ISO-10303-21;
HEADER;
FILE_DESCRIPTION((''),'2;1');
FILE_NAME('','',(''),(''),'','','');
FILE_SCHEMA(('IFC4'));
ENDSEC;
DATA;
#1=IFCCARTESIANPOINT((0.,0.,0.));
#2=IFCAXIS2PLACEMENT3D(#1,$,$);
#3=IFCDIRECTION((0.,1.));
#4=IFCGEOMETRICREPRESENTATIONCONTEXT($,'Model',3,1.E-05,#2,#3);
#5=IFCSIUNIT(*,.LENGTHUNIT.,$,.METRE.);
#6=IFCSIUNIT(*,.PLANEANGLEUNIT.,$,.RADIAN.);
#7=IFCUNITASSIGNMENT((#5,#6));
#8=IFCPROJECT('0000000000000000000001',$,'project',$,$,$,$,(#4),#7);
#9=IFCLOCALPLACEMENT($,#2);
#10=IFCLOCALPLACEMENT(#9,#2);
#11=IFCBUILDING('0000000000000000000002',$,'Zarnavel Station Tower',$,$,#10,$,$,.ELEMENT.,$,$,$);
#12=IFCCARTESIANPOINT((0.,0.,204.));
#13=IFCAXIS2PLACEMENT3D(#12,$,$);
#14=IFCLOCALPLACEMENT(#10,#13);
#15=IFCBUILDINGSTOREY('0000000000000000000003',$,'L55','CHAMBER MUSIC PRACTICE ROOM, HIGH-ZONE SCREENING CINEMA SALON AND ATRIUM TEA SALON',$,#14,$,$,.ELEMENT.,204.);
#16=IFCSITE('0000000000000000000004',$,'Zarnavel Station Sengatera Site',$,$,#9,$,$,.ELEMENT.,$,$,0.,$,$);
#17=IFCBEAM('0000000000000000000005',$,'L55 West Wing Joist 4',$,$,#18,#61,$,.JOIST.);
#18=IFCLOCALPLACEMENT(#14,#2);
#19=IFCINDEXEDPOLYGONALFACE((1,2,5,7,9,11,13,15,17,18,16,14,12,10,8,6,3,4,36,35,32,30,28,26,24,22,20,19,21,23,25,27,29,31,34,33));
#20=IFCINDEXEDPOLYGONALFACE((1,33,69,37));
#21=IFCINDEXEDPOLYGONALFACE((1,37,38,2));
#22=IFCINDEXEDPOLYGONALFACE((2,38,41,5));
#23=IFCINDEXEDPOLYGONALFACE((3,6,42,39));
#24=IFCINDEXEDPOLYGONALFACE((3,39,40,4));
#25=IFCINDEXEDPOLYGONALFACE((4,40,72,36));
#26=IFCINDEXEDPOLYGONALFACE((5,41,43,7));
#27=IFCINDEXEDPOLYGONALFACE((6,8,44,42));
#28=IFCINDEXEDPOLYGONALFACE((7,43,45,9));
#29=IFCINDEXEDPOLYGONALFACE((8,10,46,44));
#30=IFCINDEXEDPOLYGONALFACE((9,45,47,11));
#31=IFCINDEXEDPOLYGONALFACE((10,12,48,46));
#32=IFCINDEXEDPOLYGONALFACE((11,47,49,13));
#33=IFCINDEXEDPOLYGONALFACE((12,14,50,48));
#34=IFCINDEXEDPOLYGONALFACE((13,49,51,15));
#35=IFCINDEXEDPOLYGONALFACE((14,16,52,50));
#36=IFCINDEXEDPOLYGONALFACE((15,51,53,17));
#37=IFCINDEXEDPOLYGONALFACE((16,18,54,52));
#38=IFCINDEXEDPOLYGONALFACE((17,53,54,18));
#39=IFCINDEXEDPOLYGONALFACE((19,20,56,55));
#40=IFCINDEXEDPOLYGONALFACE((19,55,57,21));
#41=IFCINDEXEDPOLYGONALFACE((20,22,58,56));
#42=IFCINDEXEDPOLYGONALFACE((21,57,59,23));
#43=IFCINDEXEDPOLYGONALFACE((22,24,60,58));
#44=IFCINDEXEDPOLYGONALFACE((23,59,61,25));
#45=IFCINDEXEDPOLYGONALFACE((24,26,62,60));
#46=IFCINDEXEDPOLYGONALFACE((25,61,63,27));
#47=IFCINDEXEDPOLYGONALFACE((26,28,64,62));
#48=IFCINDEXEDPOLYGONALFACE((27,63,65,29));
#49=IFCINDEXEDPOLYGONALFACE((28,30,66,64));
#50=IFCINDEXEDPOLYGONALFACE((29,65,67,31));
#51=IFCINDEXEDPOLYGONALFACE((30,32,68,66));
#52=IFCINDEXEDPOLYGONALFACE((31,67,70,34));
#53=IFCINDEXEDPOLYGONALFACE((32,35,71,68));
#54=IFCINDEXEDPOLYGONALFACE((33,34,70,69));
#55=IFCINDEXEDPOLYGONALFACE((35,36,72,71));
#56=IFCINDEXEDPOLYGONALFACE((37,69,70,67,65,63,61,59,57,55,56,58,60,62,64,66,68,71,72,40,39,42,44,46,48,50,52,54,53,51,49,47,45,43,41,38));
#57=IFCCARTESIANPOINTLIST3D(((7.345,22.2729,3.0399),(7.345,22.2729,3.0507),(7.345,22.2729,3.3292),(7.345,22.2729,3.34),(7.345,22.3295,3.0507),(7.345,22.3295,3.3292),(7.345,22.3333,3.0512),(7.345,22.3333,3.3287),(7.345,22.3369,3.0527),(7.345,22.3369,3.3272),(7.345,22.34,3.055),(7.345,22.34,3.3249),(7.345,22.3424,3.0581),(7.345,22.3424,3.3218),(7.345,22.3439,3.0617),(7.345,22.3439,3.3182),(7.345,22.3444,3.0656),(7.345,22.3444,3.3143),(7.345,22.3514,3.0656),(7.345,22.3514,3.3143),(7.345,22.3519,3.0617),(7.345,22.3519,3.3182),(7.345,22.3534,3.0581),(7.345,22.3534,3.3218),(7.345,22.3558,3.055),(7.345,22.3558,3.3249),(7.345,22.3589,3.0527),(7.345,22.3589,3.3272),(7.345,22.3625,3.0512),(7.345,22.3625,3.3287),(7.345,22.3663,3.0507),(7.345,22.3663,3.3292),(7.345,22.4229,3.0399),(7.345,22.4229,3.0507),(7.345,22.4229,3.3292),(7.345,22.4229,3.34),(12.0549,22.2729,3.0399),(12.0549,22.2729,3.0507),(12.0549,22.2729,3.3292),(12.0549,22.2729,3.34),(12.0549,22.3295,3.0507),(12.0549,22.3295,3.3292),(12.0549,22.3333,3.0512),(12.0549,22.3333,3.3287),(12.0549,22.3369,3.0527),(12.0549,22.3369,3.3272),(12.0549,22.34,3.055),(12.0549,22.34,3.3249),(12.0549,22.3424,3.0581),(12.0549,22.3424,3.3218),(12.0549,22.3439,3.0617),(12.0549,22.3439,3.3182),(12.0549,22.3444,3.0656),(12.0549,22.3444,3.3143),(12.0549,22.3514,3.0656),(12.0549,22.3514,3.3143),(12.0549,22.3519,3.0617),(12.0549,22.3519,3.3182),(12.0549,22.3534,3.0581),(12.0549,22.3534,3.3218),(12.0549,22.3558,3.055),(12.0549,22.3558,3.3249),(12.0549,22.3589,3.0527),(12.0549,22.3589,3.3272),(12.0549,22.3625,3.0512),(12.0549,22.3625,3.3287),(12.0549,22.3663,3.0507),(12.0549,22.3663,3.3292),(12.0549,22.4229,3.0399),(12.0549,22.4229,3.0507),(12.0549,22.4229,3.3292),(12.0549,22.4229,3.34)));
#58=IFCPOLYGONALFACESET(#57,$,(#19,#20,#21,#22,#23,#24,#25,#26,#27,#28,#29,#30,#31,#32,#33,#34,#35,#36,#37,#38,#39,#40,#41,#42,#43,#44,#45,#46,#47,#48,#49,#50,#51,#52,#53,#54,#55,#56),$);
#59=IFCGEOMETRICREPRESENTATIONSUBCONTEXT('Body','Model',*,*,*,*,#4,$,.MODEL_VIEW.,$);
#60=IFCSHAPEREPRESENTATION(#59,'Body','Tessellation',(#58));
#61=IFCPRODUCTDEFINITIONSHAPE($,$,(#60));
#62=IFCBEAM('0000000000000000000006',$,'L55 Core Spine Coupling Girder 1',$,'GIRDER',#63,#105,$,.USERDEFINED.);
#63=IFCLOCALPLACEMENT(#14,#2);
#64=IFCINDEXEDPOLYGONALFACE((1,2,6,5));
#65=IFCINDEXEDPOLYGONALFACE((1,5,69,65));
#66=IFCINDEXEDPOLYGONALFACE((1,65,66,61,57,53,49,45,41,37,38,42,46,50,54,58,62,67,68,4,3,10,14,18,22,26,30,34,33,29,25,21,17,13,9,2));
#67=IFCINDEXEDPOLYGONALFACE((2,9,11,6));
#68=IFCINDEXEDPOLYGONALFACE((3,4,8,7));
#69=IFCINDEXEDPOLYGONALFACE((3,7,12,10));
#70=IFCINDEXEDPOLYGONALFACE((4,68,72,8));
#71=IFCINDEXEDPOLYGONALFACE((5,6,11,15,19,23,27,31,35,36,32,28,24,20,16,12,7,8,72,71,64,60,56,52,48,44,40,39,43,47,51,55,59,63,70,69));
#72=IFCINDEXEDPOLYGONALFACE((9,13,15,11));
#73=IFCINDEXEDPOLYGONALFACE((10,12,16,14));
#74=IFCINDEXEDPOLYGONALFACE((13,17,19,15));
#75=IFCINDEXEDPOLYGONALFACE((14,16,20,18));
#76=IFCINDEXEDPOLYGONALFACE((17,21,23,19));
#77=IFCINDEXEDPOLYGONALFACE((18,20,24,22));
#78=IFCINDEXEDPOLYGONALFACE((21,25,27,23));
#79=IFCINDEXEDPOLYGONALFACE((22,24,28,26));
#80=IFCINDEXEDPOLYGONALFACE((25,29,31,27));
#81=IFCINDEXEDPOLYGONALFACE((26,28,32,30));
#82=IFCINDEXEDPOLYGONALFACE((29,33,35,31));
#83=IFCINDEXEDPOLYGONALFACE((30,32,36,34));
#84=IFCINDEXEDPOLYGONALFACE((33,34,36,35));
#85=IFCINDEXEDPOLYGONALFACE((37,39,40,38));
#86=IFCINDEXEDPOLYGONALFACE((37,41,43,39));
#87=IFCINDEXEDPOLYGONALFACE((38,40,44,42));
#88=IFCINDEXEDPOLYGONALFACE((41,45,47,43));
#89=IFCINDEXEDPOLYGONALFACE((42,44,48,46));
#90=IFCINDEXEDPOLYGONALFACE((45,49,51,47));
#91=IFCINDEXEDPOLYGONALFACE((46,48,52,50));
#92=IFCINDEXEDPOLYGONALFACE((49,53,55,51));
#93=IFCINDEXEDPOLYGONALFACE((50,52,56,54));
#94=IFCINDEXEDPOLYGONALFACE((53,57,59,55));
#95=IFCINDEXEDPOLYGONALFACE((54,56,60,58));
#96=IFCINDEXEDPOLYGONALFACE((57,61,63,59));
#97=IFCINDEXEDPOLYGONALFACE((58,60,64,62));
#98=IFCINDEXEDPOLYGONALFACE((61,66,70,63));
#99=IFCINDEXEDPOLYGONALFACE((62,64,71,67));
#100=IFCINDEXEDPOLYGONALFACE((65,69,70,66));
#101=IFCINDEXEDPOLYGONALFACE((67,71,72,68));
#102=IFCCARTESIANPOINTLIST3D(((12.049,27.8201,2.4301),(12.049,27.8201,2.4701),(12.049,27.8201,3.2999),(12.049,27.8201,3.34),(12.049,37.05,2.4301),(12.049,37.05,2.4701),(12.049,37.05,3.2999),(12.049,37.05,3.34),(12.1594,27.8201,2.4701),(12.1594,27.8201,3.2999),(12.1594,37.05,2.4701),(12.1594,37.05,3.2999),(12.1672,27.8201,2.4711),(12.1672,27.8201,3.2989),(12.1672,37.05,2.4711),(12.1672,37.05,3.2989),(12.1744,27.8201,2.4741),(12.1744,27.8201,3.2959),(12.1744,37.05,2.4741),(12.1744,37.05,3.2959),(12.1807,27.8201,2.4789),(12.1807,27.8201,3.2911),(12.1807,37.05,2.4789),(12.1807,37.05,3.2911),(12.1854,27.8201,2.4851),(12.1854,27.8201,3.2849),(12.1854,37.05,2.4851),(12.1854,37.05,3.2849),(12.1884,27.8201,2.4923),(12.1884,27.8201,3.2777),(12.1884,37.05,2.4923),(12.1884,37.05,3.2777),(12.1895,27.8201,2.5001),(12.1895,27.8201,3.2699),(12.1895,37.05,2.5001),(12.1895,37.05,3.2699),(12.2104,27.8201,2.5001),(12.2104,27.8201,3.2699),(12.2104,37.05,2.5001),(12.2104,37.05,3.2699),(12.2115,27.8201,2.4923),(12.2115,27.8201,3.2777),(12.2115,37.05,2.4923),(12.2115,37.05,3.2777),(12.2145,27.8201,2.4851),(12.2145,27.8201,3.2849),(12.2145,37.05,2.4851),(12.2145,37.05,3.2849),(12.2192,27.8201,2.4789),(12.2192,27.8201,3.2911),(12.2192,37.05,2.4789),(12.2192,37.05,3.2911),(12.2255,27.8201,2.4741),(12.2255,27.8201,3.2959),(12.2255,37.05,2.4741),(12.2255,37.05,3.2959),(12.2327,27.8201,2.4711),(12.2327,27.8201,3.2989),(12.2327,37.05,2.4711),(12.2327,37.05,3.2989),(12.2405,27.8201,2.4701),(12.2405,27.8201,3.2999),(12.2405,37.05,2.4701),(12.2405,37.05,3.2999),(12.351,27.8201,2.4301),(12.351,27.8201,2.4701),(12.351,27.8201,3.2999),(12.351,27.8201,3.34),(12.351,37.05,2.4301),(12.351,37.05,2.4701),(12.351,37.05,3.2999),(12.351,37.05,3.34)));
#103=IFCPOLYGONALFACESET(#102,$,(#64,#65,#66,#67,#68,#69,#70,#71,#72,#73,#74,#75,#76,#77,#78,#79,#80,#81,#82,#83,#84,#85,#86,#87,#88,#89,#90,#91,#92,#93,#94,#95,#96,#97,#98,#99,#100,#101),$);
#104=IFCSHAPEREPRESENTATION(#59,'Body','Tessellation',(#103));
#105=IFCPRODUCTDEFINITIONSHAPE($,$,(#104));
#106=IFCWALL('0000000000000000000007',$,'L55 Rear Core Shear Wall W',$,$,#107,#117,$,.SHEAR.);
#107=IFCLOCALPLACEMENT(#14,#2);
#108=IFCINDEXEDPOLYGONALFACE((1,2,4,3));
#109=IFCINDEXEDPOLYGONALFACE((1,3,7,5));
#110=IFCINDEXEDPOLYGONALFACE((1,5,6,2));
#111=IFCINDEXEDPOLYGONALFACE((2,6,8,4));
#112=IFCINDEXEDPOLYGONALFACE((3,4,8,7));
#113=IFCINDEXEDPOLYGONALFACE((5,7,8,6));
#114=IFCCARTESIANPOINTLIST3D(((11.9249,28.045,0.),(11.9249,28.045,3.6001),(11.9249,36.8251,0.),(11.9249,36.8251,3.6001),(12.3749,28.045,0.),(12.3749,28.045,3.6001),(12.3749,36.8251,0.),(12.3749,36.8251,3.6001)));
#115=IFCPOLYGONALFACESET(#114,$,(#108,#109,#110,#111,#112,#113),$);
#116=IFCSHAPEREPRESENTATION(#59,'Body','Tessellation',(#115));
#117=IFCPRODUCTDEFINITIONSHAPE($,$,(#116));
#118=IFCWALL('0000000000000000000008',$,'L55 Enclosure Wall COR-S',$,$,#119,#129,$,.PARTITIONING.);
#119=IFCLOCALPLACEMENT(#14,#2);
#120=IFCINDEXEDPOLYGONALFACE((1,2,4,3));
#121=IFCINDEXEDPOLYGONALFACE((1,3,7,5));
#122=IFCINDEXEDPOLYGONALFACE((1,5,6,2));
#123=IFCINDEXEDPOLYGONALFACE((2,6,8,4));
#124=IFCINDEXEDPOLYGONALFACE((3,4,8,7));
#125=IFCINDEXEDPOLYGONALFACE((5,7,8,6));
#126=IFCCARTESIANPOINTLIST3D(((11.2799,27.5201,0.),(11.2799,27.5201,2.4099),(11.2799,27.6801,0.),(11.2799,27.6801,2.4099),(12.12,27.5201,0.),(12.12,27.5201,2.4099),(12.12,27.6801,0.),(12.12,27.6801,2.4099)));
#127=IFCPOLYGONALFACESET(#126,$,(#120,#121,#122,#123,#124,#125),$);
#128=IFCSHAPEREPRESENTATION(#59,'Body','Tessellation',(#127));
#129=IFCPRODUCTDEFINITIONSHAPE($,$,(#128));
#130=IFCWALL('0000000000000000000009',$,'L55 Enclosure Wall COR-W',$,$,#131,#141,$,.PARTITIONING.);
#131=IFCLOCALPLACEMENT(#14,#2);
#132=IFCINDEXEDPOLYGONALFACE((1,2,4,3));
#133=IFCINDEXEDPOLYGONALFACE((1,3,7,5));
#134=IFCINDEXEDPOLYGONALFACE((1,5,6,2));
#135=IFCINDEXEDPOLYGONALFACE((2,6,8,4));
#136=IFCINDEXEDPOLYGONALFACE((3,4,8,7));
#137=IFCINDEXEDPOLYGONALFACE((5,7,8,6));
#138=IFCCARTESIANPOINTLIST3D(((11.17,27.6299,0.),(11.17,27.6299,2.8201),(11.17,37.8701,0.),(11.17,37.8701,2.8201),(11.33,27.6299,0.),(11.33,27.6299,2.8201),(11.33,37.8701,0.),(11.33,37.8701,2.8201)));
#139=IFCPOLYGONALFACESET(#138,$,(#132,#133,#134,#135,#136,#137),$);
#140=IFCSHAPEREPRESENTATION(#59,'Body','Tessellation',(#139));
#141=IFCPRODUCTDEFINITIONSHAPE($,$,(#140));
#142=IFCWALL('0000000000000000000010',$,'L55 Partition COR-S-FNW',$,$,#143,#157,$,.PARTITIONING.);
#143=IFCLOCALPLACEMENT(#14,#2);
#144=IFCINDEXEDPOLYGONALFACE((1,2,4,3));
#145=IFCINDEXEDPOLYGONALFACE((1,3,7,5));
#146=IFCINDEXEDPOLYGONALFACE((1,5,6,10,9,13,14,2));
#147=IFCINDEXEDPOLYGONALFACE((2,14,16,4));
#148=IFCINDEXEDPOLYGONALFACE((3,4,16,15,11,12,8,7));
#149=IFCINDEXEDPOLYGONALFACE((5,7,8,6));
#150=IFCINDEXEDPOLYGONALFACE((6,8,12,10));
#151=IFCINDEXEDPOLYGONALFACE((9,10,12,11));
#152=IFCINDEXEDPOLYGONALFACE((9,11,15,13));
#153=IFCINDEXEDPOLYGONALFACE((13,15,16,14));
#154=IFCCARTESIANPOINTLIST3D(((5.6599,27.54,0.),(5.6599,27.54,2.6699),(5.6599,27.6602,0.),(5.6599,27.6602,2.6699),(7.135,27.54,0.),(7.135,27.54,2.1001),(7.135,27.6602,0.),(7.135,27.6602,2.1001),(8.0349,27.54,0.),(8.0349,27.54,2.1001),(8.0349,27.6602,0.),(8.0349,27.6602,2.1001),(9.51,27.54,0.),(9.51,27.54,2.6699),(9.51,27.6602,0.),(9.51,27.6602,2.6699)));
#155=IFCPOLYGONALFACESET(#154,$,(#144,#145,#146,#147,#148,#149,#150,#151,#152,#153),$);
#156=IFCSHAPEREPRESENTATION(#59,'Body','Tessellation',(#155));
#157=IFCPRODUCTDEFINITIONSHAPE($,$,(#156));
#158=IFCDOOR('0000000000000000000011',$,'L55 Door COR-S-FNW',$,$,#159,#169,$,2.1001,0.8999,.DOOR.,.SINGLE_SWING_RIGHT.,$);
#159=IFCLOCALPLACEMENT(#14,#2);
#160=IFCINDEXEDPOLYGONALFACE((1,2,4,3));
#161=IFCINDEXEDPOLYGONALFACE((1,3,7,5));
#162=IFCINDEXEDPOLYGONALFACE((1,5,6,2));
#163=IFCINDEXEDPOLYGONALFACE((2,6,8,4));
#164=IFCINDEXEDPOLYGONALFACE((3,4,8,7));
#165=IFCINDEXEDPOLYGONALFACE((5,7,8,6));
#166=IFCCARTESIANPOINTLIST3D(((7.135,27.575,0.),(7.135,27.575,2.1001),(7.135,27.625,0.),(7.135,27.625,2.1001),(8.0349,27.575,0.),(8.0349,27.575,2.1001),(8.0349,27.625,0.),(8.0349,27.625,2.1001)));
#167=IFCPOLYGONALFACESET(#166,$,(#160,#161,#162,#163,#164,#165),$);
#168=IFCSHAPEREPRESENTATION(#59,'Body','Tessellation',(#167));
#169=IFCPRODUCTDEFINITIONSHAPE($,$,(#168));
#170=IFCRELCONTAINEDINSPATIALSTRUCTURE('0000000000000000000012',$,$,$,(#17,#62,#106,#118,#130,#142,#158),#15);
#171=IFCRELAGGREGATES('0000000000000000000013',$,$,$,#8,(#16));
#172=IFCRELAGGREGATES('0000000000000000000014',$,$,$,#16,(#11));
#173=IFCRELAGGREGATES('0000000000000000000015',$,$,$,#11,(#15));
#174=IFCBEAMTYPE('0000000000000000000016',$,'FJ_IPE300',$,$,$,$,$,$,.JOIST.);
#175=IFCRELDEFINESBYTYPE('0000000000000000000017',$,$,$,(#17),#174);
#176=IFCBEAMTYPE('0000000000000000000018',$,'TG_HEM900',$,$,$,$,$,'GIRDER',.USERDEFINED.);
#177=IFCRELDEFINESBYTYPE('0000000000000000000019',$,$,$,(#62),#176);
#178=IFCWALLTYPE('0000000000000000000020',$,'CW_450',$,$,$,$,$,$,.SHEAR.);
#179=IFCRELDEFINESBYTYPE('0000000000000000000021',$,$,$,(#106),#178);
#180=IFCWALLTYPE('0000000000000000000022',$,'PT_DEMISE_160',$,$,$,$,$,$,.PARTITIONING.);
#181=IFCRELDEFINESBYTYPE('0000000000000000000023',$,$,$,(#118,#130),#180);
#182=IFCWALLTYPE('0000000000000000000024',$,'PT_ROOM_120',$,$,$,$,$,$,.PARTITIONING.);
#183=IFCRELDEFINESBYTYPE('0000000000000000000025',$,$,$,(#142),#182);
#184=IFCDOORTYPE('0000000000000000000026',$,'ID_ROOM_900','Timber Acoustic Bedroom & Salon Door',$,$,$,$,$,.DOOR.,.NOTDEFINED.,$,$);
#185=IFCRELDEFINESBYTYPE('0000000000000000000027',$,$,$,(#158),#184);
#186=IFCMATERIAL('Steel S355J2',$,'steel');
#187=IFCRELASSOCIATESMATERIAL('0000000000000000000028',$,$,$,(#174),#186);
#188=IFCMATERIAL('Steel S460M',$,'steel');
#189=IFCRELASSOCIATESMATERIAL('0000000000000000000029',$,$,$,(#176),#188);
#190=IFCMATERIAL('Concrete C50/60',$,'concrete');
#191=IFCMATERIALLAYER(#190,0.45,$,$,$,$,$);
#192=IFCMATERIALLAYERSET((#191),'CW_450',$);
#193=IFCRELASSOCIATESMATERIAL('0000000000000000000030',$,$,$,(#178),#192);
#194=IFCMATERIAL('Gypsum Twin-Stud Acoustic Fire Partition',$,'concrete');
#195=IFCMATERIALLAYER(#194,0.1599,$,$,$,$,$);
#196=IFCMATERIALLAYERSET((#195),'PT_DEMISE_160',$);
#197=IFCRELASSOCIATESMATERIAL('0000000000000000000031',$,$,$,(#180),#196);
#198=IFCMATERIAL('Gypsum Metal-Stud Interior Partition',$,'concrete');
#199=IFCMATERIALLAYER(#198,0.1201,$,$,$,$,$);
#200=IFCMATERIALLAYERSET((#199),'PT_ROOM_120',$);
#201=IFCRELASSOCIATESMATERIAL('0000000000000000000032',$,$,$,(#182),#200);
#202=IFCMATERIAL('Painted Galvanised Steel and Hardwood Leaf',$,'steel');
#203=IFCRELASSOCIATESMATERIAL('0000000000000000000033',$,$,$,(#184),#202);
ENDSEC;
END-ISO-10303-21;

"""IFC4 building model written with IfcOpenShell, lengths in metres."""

from ifc_helpers import new_model, si_unit, direction, frame, frame_2d, origin, origin_2d, place, context, subcontext, project, spatial, rectangle, i_section, extrude, material, layer, layer_set, material_profile, profile_set, type_object, element, fill, save


model = new_model("IFC4")

# Units and contexts
model_context = context("Model", 3, precision=1e-05, world=origin(), true_north=direction((0.0, 1.0)))
body_context = subcontext(model_context, "Body", "Model", "MODEL_VIEW")
ifc_project = project(units=[si_unit("LENGTHUNIT", "METRE"), si_unit("PLANEANGLEUNIT", "RADIAN")], contexts=[model_context])

# Site, building, storey
site_placement = place(None, origin())
site = spatial("IfcSite", under=ifc_project, at=site_placement, Name="Zarnavel Station Sengatera Site", CompositionType="ELEMENT", RefElevation=0.0)
building_placement = place(site_placement, origin())
building = spatial("IfcBuilding", under=site, at=building_placement, Name="Zarnavel Station Tower", CompositionType="ELEMENT")
storey_placement = place(building_placement, frame((0.0, 0.0, 204.0)))
storey = spatial("IfcBuildingStorey", under=building, at=storey_placement, Name="L55", Description="CHAMBER MUSIC PRACTICE ROOM, HIGH-ZONE SCREENING CINEMA SALON AND ATRIUM TEA SALON", CompositionType="ELEMENT", Elevation=204.0)

# Beams
ifc_material_1 = material(Name="Steel S355J2", Category="steel")
ifc_material_profile_1 = material_profile(ifc_material_1, i_section(OverallWidth=0.1499, OverallDepth=0.3, WebThickness=0.0071, FlangeThickness=0.0107, FilletRadius=0.0149, at=origin_2d()), Name="IPE300")
ifc_profile_set_1 = profile_set([ifc_material_profile_1], Name="Steel S355J2")
beam_type_1 = type_object("IfcBeamType", Name="FJ_IPE300", PredefinedType="JOIST", material=ifc_profile_set_1)
for number, where, z_axis, x_axis, name in (
    (1, (7.345, 22.3479, 3.1899), (1.0, 0.0, 0.0), (0.0, 1.0, 0.0), "L55 West Wing Joist 4"),
):
    element("IfcBeam", number, at=place(storey_placement, frame(where, z_axis=z_axis, x_axis=x_axis)), inside=storey, type_object=beam_type_1, Name=name, PredefinedType="JOIST", context=body_context, shape_type="SweptSolid", body=[
        extrude(i_section(OverallWidth=0.1499, OverallDepth=0.3, WebThickness=0.0071, FlangeThickness=0.0107, FilletRadius=0.0149, at=origin_2d()), origin(), (0.0, 0.0, 1.0), 4.71),
    ])
ifc_material_2 = material(Name="Steel S460M", Category="steel")
ifc_material_profile_2 = material_profile(ifc_material_2, i_section(OverallWidth=0.302, OverallDepth=0.9099, WebThickness=0.021, FlangeThickness=0.04, FilletRadius=0.03, at=origin_2d()), Name="HEM900")
ifc_profile_set_2 = profile_set([ifc_material_profile_2], Name="Steel S460M")
beam_type_2 = type_object("IfcBeamType", Name="TG_HEM900", ElementType="GIRDER", PredefinedType="USERDEFINED", material=ifc_profile_set_2)
beam_1_placement = place(storey_placement, frame((12.2, 27.8201, 2.885), z_axis=(0.0, 1.0, 0.0), x_axis=(-1.0, 0.0, 0.0)))
element("IfcBeam", 2, at=beam_1_placement, inside=storey, type_object=beam_type_2, Name="L55 Core Spine Coupling Girder 1", ObjectType="GIRDER", PredefinedType="USERDEFINED", context=body_context, shape_type="SweptSolid", body=[
    extrude(i_section(OverallWidth=0.302, OverallDepth=0.9099, WebThickness=0.021, FlangeThickness=0.04, FilletRadius=0.03, at=origin_2d()), origin(), (0.0, 0.0, 1.0), 9.23),
])

# Walls
ifc_material_3 = material(Name="Concrete C50/60", Category="concrete")
ifc_layer_1 = layer(ifc_material_3, 0.45)
ifc_layer_set_1 = layer_set([ifc_layer_1], Name="CW_450")
wall_type_1 = type_object("IfcWallType", Name="CW_450", PredefinedType="SHEAR", material=ifc_layer_set_1)
wall_1_placement = place(storey_placement, frame((12.1499, 28.0449, 0.0), z_axis=(0.0, 0.0, 1.0), x_axis=(0.0, 1.0, 0.0)))
element("IfcWall", 3, at=wall_1_placement, inside=storey, type_object=wall_type_1, Name="L55 Rear Core Shear Wall W", PredefinedType="SHEAR", context=body_context, shape_type="SweptSolid", body=[
    extrude(rectangle(XDim=8.78, YDim=0.45, at=frame_2d((4.3901, 0.0))), origin(), (0.0, 0.0, 1.0), 3.6001),
])
ifc_material_4 = material(Name="Gypsum Twin-Stud Acoustic Fire Partition", Category="concrete")
ifc_layer_2 = layer(ifc_material_4, 0.1599)
ifc_layer_set_2 = layer_set([ifc_layer_2], Name="PT_DEMISE_160")
wall_type_2 = type_object("IfcWallType", Name="PT_DEMISE_160", PredefinedType="PARTITIONING", material=ifc_layer_set_2)
wall_2_placement = place(storey_placement, frame((11.28, 27.6001, 0.0), z_axis=(0.0, 0.0, 1.0), x_axis=(1.0, 0.0, 0.0)))
element("IfcWall", 4, at=wall_2_placement, inside=storey, type_object=wall_type_2, Name="L55 Enclosure Wall COR-S", PredefinedType="PARTITIONING", context=body_context, shape_type="SweptSolid", body=[
    extrude(rectangle(XDim=0.8401, YDim=0.1599, at=frame_2d((0.4199, 0.0))), origin(), (0.0, 0.0, 1.0), 2.4099),
])
wall_3_placement = place(storey_placement, frame((11.25, 27.6299, 0.0), z_axis=(0.0, 0.0, 1.0), x_axis=(0.0, 1.0, 0.0)))
element("IfcWall", 5, at=wall_3_placement, inside=storey, type_object=wall_type_2, Name="L55 Enclosure Wall COR-W", PredefinedType="PARTITIONING", context=body_context, shape_type="SweptSolid", body=[
    extrude(rectangle(XDim=10.2402, YDim=0.1599, at=frame_2d((5.1201, 0.0))), origin(), (0.0, 0.0, 1.0), 2.8201),
])

# Wall, opening, door
ifc_material_5 = material(Name="Gypsum Metal-Stud Interior Partition", Category="concrete")
ifc_layer_3 = layer(ifc_material_5, 0.1201)
ifc_layer_set_3 = layer_set([ifc_layer_3], Name="PT_ROOM_120")
wall_type_3 = type_object("IfcWallType", Name="PT_ROOM_120", PredefinedType="PARTITIONING", material=ifc_layer_set_3)
wall_4_placement = place(storey_placement, frame((5.6599, 27.6001, 0.0), z_axis=(0.0, 0.0, 1.0), x_axis=(1.0, 0.0, 0.0)))
wall_4 = element("IfcWall", 6, at=wall_4_placement, inside=storey, type_object=wall_type_3, Name="L55 Partition COR-S-FNW", PredefinedType="PARTITIONING", context=body_context, shape_type="SweptSolid", body=[
    extrude(rectangle(XDim=3.8501, YDim=0.1201, at=frame_2d((1.925, 0.0))), origin(), (0.0, 0.0, 1.0), 2.6699),
])
opening_1_placement = place(wall_4_placement, frame((1.4751, 0.0, 0.0)))
opening_1 = element("IfcOpeningElement", 7, at=opening_1_placement, cuts=wall_4, PredefinedType="OPENING", context=body_context, shape_type="SweptSolid", body=[
    extrude(rectangle(XDim=0.8999, YDim=2.1001, at=frame_2d((0.45, 1.05))), frame((0.0, 0.0701, 0.0), z_axis=(0.0, -1.0, 0.0), x_axis=(1.0, 0.0, 0.0)), (0.0, 0.0, 1.0), 0.1401),
])
ifc_material_6 = material(Name="Painted Galvanised Steel and Hardwood Leaf", Category="steel")
door_type = type_object("IfcDoorType", Name="ID_ROOM_900", Description="Timber Acoustic Bedroom & Salon Door", OperationType="NOTDEFINED", PredefinedType="DOOR", material=ifc_material_6)
door_1_placement = place(opening_1_placement, origin())
door_1 = element("IfcDoor", 8, at=door_1_placement, inside=storey, type_object=door_type, Name="L55 Door COR-S-FNW", OperationType="SINGLE_SWING_RIGHT", OverallHeight=2.1001, OverallWidth=0.8999, PredefinedType="DOOR", context=body_context, shape_type="SweptSolid", body=[
    extrude(rectangle(XDim=0.8999, YDim=2.1001, at=frame_2d((0.45, 1.05))), frame((0.0, 0.0249, 0.0), z_axis=(0.0, -1.0, 0.0), x_axis=(1.0, 0.0, 0.0)), (0.0, 0.0, 1.0), 0.05),
])
fill(opening_1, door_1)

save(model, "model.ifc")
